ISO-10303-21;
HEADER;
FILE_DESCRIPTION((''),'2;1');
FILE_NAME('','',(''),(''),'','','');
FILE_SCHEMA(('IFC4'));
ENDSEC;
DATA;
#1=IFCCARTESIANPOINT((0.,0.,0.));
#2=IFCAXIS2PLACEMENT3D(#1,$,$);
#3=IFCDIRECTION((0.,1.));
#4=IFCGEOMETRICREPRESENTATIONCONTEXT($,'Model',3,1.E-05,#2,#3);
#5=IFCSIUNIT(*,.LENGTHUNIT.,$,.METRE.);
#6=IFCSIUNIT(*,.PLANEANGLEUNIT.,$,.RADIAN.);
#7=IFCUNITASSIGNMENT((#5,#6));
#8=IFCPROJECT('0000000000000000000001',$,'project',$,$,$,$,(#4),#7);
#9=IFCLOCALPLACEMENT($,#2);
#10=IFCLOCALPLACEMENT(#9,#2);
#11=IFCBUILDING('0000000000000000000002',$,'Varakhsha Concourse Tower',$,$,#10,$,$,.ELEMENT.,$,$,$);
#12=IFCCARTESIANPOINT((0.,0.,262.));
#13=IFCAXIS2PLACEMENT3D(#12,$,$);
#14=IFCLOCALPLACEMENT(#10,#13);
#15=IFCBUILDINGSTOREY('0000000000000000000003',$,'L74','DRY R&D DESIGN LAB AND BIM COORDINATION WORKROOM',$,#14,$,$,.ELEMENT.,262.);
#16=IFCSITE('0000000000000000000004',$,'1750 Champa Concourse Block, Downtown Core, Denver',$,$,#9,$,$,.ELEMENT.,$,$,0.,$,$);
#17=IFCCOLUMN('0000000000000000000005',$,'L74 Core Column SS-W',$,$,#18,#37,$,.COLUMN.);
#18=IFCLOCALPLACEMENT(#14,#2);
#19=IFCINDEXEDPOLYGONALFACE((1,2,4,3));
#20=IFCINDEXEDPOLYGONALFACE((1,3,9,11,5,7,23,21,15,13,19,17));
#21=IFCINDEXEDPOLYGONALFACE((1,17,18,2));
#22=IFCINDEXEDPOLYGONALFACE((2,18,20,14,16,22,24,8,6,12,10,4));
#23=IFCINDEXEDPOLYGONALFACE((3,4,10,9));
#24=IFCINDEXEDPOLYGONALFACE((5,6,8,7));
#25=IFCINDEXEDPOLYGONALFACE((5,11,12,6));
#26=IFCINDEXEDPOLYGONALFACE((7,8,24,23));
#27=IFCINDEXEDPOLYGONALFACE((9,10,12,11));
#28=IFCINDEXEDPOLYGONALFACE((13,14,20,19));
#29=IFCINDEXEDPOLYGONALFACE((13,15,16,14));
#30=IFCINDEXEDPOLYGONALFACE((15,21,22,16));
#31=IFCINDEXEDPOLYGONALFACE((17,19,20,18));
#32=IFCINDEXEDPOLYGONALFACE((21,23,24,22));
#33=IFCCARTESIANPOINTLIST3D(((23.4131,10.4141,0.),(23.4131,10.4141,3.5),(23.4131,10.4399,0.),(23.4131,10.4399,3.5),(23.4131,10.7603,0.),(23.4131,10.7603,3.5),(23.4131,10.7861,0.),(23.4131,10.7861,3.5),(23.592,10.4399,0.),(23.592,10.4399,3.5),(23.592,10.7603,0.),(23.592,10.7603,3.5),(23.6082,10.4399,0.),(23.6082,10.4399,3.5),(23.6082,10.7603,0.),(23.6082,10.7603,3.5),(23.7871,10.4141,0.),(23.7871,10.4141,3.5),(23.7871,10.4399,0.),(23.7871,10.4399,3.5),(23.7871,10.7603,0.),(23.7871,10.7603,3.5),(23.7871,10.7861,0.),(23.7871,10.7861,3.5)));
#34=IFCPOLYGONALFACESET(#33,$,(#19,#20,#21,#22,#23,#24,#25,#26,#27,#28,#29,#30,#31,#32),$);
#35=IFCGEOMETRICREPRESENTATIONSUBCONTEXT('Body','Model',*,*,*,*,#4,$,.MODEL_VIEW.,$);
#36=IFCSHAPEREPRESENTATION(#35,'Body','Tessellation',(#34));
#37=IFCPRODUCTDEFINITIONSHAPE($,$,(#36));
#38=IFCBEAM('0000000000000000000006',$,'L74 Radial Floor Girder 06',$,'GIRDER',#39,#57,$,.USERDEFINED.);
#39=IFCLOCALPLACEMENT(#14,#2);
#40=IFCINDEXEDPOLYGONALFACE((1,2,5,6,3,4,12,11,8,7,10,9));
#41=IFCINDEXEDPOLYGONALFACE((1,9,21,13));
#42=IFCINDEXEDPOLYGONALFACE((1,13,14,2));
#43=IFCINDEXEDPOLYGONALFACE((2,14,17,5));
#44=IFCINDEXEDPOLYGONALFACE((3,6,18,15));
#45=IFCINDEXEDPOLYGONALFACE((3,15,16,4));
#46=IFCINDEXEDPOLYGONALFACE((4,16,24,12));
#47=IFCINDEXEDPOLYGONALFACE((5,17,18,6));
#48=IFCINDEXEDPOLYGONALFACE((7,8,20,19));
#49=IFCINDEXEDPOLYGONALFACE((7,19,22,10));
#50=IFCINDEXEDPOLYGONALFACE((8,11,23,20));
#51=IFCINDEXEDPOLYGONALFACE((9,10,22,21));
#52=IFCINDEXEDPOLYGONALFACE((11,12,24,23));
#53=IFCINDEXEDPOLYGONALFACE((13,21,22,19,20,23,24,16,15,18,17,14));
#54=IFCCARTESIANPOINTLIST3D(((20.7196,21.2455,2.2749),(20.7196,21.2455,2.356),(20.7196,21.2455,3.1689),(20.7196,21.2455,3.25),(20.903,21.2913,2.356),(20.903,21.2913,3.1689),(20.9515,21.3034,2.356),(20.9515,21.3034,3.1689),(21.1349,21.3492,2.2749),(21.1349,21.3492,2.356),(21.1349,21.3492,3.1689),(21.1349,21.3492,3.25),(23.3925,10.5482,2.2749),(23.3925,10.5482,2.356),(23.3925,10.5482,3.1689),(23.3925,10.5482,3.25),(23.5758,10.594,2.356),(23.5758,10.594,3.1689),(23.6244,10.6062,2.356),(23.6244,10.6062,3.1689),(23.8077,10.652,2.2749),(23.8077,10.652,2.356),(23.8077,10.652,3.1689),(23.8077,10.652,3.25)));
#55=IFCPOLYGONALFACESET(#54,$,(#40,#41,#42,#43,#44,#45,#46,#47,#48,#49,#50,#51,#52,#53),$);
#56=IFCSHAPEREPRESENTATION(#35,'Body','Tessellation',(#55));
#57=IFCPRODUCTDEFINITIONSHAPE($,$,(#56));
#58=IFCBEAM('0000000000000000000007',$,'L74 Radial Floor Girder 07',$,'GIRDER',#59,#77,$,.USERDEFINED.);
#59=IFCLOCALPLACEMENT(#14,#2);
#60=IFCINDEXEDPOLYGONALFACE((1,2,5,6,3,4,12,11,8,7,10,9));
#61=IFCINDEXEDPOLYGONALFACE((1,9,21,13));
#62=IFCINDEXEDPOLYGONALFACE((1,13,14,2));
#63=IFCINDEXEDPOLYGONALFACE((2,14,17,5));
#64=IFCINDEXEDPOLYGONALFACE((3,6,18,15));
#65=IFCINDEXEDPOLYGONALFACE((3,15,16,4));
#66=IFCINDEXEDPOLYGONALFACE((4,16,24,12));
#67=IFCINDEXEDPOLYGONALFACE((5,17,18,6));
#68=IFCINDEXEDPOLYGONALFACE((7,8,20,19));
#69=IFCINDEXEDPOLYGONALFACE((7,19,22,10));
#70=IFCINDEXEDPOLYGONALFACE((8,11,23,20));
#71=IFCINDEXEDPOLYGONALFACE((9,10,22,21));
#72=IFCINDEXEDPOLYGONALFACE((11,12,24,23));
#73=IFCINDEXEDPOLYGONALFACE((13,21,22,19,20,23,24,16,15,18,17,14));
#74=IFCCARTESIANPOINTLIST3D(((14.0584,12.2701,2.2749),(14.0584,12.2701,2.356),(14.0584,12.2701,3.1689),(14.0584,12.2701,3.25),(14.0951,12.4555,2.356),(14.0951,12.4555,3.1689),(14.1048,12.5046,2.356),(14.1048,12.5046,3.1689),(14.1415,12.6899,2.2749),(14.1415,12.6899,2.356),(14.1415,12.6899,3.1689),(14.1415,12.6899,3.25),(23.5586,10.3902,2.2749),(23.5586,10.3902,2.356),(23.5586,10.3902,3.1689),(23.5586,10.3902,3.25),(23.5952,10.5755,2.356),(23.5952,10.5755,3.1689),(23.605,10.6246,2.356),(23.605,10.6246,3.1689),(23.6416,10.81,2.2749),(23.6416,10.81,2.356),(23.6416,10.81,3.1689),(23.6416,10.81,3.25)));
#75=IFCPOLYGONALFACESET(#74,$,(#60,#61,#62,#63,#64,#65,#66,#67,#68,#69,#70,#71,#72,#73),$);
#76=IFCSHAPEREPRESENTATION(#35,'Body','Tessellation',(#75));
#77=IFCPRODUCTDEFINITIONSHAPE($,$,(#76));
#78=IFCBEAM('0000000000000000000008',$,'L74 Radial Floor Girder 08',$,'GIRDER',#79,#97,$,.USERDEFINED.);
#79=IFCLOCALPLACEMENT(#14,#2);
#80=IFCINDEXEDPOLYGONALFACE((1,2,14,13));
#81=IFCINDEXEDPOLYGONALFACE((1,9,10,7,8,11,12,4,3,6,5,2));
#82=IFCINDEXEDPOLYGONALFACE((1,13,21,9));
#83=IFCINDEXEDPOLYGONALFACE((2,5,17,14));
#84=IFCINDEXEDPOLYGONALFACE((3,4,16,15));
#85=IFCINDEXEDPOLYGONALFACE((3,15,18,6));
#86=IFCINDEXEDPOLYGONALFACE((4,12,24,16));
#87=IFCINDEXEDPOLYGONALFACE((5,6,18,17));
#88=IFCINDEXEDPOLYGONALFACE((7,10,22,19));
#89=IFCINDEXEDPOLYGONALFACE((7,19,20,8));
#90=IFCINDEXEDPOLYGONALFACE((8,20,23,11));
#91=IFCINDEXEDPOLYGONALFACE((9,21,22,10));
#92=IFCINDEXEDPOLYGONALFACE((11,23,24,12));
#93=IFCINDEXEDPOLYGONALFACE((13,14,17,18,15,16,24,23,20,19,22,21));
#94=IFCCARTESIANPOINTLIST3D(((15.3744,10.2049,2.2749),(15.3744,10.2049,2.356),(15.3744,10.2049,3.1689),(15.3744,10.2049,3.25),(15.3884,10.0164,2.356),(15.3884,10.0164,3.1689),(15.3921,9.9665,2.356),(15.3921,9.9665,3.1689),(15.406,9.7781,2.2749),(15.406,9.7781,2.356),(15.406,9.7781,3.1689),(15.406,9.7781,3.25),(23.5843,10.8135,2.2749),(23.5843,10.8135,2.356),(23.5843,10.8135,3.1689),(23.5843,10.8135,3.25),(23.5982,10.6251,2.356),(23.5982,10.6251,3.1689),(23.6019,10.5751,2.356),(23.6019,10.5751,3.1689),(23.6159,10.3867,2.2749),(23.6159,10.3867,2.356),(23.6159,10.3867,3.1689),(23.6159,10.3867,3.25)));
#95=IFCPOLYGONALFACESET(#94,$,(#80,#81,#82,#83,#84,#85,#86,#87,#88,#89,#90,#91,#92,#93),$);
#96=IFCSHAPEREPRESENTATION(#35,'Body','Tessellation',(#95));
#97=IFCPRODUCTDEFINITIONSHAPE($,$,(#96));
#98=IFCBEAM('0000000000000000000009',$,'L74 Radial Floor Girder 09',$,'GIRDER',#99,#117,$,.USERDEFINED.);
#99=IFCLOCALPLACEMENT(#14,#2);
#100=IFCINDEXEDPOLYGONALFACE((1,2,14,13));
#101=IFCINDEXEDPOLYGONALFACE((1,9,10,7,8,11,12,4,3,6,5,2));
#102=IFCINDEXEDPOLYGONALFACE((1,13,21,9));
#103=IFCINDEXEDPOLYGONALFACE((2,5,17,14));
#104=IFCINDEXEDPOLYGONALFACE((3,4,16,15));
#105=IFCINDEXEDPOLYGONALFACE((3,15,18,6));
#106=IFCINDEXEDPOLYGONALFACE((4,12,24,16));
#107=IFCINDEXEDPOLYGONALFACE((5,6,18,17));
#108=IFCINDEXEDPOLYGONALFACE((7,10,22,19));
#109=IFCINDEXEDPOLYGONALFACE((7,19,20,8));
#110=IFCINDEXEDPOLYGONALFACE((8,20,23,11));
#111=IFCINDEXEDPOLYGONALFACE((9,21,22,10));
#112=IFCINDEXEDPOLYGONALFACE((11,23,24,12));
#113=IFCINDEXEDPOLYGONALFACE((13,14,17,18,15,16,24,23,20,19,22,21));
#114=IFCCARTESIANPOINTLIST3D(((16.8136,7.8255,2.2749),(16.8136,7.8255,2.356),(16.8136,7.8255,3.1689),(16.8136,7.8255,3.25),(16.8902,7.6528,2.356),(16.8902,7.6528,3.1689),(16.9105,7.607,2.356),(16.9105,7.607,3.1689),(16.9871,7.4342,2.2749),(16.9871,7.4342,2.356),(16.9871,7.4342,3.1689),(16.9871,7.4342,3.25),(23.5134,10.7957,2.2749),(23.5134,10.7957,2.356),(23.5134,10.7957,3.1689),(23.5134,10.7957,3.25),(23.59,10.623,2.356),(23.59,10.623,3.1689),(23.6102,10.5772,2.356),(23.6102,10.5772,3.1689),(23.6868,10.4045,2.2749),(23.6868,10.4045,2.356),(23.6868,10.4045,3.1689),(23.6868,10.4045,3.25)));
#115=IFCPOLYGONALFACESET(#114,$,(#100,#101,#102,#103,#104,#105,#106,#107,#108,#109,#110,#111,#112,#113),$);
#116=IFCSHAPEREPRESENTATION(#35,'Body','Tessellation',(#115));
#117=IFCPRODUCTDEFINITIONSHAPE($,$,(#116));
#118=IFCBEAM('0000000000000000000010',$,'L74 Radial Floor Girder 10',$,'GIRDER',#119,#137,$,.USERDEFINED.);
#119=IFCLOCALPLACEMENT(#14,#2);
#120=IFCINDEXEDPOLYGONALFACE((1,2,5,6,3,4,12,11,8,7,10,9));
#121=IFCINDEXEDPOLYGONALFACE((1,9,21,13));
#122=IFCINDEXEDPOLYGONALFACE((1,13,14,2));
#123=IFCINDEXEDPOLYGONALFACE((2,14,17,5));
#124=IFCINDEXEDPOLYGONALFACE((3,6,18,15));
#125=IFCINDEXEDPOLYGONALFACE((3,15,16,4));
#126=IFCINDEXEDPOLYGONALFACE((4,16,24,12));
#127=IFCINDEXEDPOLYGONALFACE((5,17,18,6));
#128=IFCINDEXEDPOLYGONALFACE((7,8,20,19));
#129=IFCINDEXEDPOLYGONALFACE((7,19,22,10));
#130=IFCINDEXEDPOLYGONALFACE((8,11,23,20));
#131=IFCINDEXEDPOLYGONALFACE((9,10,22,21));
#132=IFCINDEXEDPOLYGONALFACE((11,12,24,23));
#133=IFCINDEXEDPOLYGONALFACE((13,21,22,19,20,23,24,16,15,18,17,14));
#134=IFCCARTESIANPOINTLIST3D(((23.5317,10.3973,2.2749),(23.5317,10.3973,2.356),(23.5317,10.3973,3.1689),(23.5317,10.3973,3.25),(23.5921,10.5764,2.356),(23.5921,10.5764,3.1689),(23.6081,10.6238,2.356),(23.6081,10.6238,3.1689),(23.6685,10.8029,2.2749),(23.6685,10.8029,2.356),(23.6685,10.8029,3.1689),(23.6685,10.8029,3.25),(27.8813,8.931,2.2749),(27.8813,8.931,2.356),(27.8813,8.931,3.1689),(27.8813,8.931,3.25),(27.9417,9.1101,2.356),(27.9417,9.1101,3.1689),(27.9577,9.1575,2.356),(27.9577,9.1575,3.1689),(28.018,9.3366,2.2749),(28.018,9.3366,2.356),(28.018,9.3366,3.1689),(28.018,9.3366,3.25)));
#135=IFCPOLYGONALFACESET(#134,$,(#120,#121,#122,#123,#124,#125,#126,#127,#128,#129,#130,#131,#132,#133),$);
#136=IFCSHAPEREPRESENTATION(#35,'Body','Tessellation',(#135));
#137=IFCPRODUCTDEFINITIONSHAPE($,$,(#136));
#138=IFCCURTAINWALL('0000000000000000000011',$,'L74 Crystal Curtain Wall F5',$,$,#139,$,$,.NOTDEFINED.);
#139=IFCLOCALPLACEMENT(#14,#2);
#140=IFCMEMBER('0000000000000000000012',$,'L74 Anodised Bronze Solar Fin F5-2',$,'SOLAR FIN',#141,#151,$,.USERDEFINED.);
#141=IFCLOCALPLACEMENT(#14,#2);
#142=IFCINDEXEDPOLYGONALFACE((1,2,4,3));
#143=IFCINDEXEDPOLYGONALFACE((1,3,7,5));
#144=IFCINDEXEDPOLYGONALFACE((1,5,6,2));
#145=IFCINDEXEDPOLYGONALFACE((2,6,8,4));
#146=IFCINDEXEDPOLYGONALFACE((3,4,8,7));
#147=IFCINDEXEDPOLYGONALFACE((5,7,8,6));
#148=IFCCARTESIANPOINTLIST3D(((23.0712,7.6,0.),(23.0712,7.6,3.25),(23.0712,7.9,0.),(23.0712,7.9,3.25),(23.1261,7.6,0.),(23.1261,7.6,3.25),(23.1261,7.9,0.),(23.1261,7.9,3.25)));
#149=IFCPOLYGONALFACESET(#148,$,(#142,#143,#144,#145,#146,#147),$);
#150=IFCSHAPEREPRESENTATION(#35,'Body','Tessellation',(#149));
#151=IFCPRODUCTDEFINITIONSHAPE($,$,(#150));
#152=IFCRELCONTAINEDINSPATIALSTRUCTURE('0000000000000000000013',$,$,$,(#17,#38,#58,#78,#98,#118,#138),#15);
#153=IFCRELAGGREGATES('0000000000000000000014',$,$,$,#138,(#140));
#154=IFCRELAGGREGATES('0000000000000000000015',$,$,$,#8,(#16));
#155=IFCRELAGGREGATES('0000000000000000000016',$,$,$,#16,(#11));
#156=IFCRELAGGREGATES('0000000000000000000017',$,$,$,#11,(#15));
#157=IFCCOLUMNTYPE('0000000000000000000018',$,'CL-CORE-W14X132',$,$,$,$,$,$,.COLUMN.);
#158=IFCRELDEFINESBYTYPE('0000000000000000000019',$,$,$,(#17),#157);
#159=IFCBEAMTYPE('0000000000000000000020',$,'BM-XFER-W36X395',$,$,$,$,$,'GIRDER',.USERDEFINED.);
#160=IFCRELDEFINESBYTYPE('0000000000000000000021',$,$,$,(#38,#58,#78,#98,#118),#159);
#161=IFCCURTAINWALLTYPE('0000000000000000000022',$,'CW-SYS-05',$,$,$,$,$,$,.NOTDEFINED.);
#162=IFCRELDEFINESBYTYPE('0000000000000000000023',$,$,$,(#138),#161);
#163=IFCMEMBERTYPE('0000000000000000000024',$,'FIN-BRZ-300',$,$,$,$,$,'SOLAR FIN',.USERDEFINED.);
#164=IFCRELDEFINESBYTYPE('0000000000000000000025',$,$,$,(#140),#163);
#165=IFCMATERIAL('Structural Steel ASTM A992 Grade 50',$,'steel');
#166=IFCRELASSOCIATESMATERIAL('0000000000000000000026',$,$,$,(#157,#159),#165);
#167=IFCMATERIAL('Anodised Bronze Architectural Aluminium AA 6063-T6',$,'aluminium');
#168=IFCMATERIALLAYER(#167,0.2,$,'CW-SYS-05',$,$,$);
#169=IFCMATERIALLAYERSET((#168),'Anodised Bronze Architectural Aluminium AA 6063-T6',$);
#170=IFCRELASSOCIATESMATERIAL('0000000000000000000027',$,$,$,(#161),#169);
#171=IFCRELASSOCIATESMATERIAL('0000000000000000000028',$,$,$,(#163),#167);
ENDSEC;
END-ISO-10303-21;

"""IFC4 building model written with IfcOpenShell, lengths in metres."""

from ifc_helpers import new_model, si_unit, direction, frame, origin, origin_2d, place, context, subcontext, project, spatial, rectangle, i_section, extrude, source, transform, mapped, material, layer, layer_set, material_profile, profile_set, type_object, type_shapes, element, aggregate, save


model = new_model("IFC4")

# Units and contexts
model_context = context("Model", 3, precision=1e-05, world=origin(), true_north=direction((0.0, 1.0)))
body_context = subcontext(model_context, "Body", "Model", "MODEL_VIEW")
ifc_project = project(units=[si_unit("LENGTHUNIT", "METRE"), si_unit("PLANEANGLEUNIT", "RADIAN")], contexts=[model_context])

# Site, building, storey
site_placement = place(None, origin())
site = spatial("IfcSite", under=ifc_project, at=site_placement, Name="1750 Champa Concourse Block, Downtown Core, Denver", CompositionType="ELEMENT", RefElevation=0.0)
building_placement = place(site_placement, origin())
building = spatial("IfcBuilding", under=site, at=building_placement, Name="Varakhsha Concourse Tower", CompositionType="ELEMENT")
storey_placement = place(building_placement, frame((0.0, 0.0, 262.0)))
storey = spatial("IfcBuildingStorey", under=building, at=storey_placement, Name="L74", Description="DRY R&D DESIGN LAB AND BIM COORDINATION WORKROOM", CompositionType="ELEMENT", Elevation=262.0)

# Column
ifc_material_1 = material(Name="Structural Steel ASTM A992 Grade 50", Category="steel")
ifc_material_profile_1 = material_profile(ifc_material_1, i_section(OverallWidth=0.374, OverallDepth=0.3721, WebThickness=0.0161, FlangeThickness=0.0259, at=origin_2d()), Name="W14X132")
ifc_profile_set_1 = profile_set([ifc_material_profile_1], Name="Structural Steel ASTM A992 Grade 50")
column_type = type_object("IfcColumnType", Name="CL-CORE-W14X132", PredefinedType="COLUMN", material=ifc_profile_set_1)
column_placement = place(storey_placement, frame((23.6001, 10.6001, 0.0), z_axis=(0.0, 0.0, 1.0), x_axis=(1.0, 0.0, 0.0)))
element("IfcColumn", 1, at=column_placement, inside=storey, type_object=column_type, Name="L74 Core Column SS-W", PredefinedType="COLUMN", context=body_context, shape_type="SweptSolid", body=[
    extrude(i_section(OverallWidth=0.374, OverallDepth=0.3721, WebThickness=0.0161, FlangeThickness=0.0259, at=origin_2d()), origin(), (0.0, 0.0, 1.0), 3.5),
])

# Beams
ifc_material_profile_2 = material_profile(ifc_material_1, i_section(OverallWidth=0.428, OverallDepth=0.9751, WebThickness=0.05, FlangeThickness=0.0811, at=origin_2d()), Name="W36X395")
ifc_profile_set_2 = profile_set([ifc_material_profile_2], Name="Structural Steel ASTM A992 Grade 50")
beam_type = type_object("IfcBeamType", Name="BM-XFER-W36X395", ElementType="GIRDER", PredefinedType="USERDEFINED", material=ifc_profile_set_2)
beam_1_placement = place(storey_placement, frame((23.6001, 10.6001, 2.7625), z_axis=(-0.242411, 0.970174, 0.0), x_axis=(-0.970174, -0.242411, 0.0)))
element("IfcBeam", 2, at=beam_1_placement, inside=storey, type_object=beam_type, Name="L74 Radial Floor Girder 06", ObjectType="GIRDER", PredefinedType="USERDEFINED", context=body_context, shape_type="SweptSolid", body=[
    extrude(i_section(OverallWidth=0.428, OverallDepth=0.9751, WebThickness=0.05, FlangeThickness=0.0811, at=origin_2d()), origin(), (0.0, 0.0, 1.0), 11.0261),
])
beam_2_placement = place(storey_placement, frame((23.6001, 10.6001, 2.7625), z_axis=(-0.980978, 0.194118, 0.0), x_axis=(-0.194118, -0.980978, 0.0)))
element("IfcBeam", 3, at=beam_2_placement, inside=storey, type_object=beam_type, Name="L74 Radial Floor Girder 07", ObjectType="GIRDER", PredefinedType="USERDEFINED", context=body_context, shape_type="SweptSolid", body=[
    extrude(i_section(OverallWidth=0.428, OverallDepth=0.9751, WebThickness=0.05, FlangeThickness=0.0811, at=origin_2d()), origin(), (0.0, 0.0, 1.0), 9.6843),
])
beam_3_placement = place(storey_placement, frame((23.6001, 10.6001, 2.7625), z_axis=(-0.997263, -0.073932, 0.0), x_axis=(0.073932, -0.997263, 0.0)))
element("IfcBeam", 4, at=beam_3_placement, inside=storey, type_object=beam_type, Name="L74 Radial Floor Girder 08", ObjectType="GIRDER", PredefinedType="USERDEFINED", context=body_context, shape_type="SweptSolid", body=[
    extrude(i_section(OverallWidth=0.428, OverallDepth=0.9751, WebThickness=0.05, FlangeThickness=0.0811, at=origin_2d()), origin(), (0.0, 0.0, 1.0), 8.2324),
])
beam_4_placement = place(storey_placement, frame((23.6001, 10.6001, 2.7625), z_axis=(-0.914188, -0.405291, 0.0), x_axis=(0.405291, -0.914188, 0.0)))
element("IfcBeam", 5, at=beam_4_placement, inside=storey, type_object=beam_type, Name="L74 Radial Floor Girder 09", ObjectType="GIRDER", PredefinedType="USERDEFINED", context=body_context, shape_type="SweptSolid", body=[
    extrude(i_section(OverallWidth=0.428, OverallDepth=0.9751, WebThickness=0.05, FlangeThickness=0.0811, at=origin_2d()), origin(), (0.0, 0.0, 1.0), 7.3286),
])
beam_5_placement = place(storey_placement, frame((23.6001, 10.6001, 2.7625), z_axis=(0.947603, -0.319449, 0.0), x_axis=(0.319449, 0.947603, 0.0)))
element("IfcBeam", 6, at=beam_5_placement, inside=storey, type_object=beam_type, Name="L74 Radial Floor Girder 10", ObjectType="GIRDER", PredefinedType="USERDEFINED", context=body_context, shape_type="SweptSolid", body=[
    extrude(i_section(OverallWidth=0.428, OverallDepth=0.9751, WebThickness=0.05, FlangeThickness=0.0811, at=origin_2d()), origin(), (0.0, 0.0, 1.0), 4.5901),
])

# Curtain wall, member
ifc_material_2 = material(Name="Anodised Bronze Architectural Aluminium AA 6063-T6", Category="aluminium")
ifc_layer_1 = layer(ifc_material_2, 0.2, Name="CW-SYS-05")
ifc_layer_set_1 = layer_set([ifc_layer_1], Name="Anodised Bronze Architectural Aluminium AA 6063-T6")
curtain_wall_type = type_object("IfcCurtainWallType", Name="CW-SYS-05", PredefinedType="NOTDEFINED", material=ifc_layer_set_1)
curtain_wall_placement = place(storey_placement, origin())
curtain_wall = element("IfcCurtainWall", 7, at=curtain_wall_placement, inside=storey, type_object=curtain_wall_type, Name="L74 Crystal Curtain Wall F5", PredefinedType="NOTDEFINED")
ifc_material_profile_3 = material_profile(ifc_material_2, rectangle(XDim=0.0549, YDim=0.3, at=origin_2d()), Name="FIN-BRZ-300")
ifc_profile_set_3 = profile_set([ifc_material_profile_3], Name="Anodised Bronze Architectural Aluminium AA 6063-T6")
member_type = type_object("IfcMemberType", Name="FIN-BRZ-300", ElementType="SOLAR FIN", PredefinedType="USERDEFINED", material=ifc_profile_set_3)
shared_shape = source(origin(), body_context, "Body", "SweptSolid", [
    extrude(rectangle(XDim=0.0549, YDim=0.3, at=origin_2d()), origin(), (0.0, 0.0, 1.0), 3.25),
])
type_shapes(member_type, [shared_shape])
member_placement = place(storey_placement, frame((23.0986, 7.75, 0.0), z_axis=(0.0, 0.0, 1.0), x_axis=(1.0, 0.0, 0.0)))
member = element("IfcMember", 8, at=member_placement, type_object=member_type, Name="L74 Anodised Bronze Solar Fin F5-2", ObjectType="SOLAR FIN", PredefinedType="USERDEFINED", context=body_context, shape_type="MappedRepresentation", body=[
    mapped(shared_shape, transform((0.0, 0.0, 0.0), scale=1.0)),
])
aggregate(curtain_wall, [member])

save(model, "model.ifc")
